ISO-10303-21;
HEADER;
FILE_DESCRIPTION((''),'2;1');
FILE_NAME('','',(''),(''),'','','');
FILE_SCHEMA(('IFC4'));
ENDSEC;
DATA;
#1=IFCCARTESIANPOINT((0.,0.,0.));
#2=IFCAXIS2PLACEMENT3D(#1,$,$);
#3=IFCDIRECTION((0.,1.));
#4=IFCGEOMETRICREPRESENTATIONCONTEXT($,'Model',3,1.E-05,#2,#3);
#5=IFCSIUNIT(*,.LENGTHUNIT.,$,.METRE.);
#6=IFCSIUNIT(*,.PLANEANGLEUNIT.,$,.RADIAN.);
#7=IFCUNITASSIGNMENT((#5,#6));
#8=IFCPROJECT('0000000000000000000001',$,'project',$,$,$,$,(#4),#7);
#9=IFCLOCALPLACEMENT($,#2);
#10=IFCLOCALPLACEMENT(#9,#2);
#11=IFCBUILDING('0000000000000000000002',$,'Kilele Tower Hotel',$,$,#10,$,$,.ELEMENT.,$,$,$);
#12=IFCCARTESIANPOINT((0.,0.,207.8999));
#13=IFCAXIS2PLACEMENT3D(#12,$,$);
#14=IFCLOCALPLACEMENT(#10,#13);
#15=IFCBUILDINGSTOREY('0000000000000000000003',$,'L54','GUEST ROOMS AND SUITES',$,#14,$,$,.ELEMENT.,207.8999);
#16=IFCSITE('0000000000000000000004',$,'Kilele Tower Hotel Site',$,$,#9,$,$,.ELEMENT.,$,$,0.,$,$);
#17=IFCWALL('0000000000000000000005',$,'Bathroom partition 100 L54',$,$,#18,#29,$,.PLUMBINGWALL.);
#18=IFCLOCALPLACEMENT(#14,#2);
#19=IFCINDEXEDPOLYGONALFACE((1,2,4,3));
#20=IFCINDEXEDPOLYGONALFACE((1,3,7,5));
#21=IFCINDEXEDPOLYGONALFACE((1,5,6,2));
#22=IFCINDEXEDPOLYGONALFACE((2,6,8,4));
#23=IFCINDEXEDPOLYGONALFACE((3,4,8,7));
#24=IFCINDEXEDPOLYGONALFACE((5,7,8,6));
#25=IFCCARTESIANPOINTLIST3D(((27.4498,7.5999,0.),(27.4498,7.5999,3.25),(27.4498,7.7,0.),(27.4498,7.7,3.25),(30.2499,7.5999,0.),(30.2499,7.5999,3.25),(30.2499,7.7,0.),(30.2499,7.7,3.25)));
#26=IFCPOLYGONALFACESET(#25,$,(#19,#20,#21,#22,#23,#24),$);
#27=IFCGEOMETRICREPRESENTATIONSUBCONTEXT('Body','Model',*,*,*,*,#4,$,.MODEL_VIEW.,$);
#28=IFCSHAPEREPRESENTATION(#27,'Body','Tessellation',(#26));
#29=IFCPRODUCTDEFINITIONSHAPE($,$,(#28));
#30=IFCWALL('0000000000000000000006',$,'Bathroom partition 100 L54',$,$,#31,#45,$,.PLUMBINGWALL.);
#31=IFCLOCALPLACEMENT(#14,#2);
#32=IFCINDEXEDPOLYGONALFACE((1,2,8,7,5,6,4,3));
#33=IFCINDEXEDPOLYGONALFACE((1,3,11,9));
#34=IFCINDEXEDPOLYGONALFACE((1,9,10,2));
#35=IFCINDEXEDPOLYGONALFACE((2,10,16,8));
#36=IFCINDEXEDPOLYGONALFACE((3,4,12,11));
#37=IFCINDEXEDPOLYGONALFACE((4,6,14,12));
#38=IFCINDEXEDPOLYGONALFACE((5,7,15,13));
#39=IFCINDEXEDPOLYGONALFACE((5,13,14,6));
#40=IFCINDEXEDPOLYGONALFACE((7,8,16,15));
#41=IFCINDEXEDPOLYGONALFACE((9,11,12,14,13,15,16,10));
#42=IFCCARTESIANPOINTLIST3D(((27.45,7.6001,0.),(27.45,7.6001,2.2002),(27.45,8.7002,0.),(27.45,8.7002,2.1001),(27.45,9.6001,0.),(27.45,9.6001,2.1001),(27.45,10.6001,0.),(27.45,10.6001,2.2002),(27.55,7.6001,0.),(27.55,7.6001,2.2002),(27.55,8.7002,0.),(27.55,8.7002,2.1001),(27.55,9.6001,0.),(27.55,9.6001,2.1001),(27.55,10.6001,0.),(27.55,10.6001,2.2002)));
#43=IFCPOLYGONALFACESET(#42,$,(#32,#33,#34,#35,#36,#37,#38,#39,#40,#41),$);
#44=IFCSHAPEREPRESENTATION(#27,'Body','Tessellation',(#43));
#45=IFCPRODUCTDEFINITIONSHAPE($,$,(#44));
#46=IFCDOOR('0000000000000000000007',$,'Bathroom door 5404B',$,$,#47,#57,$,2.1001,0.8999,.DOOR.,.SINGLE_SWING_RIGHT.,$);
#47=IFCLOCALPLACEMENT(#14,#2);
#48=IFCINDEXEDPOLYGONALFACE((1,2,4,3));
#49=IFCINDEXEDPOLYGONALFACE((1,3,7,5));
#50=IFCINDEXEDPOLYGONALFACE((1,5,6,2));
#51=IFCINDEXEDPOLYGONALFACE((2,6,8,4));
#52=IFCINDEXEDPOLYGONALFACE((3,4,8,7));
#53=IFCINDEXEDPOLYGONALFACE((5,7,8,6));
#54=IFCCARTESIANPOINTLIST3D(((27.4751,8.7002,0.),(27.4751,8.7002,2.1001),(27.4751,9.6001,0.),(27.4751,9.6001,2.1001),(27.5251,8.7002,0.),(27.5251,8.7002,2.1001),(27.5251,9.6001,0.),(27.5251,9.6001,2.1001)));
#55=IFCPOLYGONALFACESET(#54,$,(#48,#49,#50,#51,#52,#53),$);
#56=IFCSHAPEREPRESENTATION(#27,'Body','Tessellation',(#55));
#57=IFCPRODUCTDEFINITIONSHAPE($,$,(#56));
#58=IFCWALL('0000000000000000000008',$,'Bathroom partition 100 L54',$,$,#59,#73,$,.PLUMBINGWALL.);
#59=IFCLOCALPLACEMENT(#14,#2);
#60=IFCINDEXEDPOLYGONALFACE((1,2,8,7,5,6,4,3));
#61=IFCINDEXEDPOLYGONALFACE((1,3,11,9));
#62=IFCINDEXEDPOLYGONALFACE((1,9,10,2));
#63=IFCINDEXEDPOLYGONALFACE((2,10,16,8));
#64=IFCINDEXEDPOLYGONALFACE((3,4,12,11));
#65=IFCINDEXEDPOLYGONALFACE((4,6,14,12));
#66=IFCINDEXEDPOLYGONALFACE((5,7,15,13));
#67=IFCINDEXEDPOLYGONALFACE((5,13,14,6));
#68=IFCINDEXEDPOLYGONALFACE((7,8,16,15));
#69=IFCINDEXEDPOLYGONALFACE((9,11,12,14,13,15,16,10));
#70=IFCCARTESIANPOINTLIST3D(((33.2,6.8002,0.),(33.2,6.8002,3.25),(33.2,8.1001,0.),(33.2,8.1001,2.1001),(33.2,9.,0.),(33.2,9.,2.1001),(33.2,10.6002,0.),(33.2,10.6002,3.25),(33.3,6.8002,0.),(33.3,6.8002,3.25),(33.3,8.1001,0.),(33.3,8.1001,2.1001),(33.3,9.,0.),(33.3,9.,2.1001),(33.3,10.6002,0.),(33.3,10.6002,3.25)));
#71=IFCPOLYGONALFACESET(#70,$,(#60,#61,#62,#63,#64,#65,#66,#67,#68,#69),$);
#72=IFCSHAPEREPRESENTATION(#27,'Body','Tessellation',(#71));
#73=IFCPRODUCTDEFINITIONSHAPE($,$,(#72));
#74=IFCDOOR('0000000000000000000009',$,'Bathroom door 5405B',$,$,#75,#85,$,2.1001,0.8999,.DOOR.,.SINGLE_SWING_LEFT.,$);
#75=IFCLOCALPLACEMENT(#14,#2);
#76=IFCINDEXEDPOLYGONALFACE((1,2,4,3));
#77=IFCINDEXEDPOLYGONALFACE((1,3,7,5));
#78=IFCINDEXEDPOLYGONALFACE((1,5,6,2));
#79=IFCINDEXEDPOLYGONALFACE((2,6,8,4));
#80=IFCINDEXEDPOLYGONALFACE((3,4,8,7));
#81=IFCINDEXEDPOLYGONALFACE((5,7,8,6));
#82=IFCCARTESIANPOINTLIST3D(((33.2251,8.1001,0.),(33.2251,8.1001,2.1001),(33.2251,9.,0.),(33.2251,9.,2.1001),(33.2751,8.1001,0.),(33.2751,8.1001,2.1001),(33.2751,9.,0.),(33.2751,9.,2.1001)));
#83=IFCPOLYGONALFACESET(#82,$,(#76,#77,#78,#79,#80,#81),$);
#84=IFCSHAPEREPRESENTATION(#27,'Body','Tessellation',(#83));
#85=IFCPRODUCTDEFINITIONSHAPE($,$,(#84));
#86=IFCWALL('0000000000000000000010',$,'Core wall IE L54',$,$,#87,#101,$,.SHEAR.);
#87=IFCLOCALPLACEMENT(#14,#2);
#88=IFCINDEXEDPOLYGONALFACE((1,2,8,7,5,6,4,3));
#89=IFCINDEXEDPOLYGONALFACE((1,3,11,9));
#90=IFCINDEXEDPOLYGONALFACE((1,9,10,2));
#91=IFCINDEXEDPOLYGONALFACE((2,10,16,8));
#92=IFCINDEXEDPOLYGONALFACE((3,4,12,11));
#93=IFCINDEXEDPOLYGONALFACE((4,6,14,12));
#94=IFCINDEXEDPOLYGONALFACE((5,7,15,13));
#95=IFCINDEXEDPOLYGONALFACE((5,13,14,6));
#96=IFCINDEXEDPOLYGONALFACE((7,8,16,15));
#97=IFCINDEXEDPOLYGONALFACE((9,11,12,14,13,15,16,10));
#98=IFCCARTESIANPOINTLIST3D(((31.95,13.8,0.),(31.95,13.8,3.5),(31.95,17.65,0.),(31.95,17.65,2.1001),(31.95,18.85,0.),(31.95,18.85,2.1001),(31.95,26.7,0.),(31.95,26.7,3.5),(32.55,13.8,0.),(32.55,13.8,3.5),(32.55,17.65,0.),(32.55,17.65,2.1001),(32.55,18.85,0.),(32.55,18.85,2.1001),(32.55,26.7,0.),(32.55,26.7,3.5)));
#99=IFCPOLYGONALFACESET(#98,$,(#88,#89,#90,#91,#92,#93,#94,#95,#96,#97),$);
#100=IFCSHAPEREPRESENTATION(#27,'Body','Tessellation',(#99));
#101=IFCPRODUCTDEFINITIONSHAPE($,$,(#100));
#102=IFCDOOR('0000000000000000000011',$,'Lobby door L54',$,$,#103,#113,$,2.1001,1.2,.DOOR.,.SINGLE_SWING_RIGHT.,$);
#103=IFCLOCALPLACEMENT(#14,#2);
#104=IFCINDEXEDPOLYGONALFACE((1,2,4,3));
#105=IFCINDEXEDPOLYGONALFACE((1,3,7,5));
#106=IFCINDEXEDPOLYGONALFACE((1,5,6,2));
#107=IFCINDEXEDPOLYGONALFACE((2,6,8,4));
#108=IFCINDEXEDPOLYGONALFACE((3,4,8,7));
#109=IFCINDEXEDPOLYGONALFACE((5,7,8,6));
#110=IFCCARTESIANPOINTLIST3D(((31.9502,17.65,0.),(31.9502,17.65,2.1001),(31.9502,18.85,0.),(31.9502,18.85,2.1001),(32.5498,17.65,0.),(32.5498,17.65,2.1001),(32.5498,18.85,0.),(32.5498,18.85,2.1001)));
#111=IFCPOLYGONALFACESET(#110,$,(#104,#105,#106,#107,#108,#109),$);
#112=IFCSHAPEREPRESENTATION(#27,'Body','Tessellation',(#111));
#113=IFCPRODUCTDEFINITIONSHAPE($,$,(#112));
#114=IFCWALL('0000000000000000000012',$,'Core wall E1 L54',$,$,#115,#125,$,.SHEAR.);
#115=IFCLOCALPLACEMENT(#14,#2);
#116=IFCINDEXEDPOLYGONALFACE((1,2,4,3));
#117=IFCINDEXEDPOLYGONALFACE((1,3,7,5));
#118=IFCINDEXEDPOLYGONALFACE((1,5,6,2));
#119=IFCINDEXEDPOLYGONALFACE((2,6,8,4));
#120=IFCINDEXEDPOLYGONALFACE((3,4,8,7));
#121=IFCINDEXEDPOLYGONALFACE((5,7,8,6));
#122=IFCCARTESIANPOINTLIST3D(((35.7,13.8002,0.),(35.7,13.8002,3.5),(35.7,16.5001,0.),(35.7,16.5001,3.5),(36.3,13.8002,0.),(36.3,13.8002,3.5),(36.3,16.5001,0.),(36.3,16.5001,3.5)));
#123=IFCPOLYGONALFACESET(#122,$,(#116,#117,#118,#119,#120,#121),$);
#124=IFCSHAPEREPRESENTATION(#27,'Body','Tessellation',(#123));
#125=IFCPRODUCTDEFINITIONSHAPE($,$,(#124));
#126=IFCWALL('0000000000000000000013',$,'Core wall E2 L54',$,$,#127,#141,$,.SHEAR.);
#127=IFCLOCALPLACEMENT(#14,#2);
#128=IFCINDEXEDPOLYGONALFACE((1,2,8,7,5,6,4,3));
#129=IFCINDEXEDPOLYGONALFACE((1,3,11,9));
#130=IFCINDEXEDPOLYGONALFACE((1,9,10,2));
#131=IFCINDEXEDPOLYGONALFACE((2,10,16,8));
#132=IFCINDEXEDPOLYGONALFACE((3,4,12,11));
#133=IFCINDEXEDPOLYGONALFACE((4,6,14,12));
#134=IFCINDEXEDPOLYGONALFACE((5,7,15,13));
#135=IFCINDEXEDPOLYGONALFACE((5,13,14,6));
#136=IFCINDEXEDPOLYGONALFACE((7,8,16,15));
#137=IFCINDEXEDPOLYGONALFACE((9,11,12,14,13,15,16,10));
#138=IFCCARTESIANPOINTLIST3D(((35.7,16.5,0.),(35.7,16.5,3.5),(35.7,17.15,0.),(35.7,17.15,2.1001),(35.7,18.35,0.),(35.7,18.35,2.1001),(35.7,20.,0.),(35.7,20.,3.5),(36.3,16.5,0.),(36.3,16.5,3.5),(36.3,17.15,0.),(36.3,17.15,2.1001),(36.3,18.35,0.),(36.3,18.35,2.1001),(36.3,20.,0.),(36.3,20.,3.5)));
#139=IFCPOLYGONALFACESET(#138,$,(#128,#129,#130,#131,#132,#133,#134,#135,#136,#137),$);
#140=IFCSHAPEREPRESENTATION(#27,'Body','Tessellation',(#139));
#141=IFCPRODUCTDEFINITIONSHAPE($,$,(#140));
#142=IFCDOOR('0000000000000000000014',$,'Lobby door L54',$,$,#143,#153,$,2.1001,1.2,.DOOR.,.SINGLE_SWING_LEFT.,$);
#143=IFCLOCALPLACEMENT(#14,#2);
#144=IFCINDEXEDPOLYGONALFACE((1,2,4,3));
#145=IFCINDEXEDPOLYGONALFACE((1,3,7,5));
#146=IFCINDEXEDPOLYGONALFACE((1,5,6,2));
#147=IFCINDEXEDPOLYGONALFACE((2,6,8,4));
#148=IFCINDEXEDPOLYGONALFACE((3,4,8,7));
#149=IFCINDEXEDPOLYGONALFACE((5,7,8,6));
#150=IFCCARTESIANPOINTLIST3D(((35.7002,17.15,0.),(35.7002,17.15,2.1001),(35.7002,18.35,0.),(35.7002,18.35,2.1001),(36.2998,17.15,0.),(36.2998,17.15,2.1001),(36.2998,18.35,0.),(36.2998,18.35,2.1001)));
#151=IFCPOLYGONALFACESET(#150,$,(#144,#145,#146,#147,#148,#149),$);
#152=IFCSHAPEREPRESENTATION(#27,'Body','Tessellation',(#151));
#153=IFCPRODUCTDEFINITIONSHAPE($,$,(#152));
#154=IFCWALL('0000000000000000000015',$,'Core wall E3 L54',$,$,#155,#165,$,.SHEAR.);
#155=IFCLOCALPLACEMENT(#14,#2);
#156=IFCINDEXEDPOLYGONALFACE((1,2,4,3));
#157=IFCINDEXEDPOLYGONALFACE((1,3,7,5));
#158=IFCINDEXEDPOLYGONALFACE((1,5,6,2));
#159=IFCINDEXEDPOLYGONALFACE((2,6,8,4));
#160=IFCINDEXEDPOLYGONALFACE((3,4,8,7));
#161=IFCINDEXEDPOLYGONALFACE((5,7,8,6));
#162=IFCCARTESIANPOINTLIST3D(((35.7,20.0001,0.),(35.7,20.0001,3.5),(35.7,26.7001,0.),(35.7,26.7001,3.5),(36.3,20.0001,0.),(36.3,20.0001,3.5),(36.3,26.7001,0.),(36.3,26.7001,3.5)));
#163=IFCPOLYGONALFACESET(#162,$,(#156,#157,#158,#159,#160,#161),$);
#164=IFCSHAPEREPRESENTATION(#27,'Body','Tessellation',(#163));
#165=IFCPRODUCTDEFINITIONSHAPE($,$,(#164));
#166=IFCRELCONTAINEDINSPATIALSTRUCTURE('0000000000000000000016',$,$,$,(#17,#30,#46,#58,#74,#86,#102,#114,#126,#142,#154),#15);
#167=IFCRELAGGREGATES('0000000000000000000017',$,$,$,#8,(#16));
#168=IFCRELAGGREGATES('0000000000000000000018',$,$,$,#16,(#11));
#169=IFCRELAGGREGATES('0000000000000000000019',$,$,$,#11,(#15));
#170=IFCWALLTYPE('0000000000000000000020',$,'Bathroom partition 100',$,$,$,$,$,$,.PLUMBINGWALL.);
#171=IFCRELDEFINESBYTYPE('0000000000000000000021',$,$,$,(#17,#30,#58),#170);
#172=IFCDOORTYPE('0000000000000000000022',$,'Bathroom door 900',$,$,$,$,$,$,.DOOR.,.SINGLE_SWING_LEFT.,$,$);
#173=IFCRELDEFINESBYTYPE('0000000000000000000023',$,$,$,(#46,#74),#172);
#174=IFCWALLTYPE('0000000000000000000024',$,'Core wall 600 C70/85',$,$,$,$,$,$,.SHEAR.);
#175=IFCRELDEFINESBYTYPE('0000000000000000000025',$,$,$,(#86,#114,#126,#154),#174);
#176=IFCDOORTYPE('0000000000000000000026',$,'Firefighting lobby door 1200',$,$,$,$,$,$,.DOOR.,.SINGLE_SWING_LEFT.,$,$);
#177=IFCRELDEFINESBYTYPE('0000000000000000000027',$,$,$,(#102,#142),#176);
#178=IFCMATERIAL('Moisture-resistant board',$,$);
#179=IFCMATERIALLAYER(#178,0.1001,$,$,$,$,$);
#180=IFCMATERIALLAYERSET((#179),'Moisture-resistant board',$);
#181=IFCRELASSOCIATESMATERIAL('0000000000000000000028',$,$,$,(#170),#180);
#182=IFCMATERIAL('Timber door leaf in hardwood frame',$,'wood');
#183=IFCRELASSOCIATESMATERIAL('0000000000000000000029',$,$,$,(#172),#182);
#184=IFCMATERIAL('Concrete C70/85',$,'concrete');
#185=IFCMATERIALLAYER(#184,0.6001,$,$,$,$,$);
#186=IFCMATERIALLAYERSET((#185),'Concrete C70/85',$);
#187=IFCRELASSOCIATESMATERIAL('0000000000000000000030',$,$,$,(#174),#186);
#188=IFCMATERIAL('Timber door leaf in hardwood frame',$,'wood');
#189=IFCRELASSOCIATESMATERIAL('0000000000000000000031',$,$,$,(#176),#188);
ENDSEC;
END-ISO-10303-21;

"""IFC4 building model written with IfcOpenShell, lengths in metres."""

from ifc_helpers import new_model, si_unit, direction, frame, frame_2d, origin, place, context, subcontext, project, spatial, rectangle, extrude, material, layer, layer_set, type_object, element, fill, save


model = new_model("IFC4")

# Units and contexts
model_context = context("Model", 3, precision=1e-05, world=origin(), true_north=direction((0.0, 1.0)))
body_context = subcontext(model_context, "Body", "Model", "MODEL_VIEW")
ifc_project = project(units=[si_unit("LENGTHUNIT", "METRE"), si_unit("PLANEANGLEUNIT", "RADIAN")], contexts=[model_context])

# Site, building, storey
site_placement = place(None, origin())
site = spatial("IfcSite", under=ifc_project, at=site_placement, Name="Kilele Tower Hotel Site", CompositionType="ELEMENT", RefElevation=0.0)
building_placement = place(site_placement, origin())
building = spatial("IfcBuilding", under=site, at=building_placement, Name="Kilele Tower Hotel", CompositionType="ELEMENT")
storey_placement = place(building_placement, frame((0.0, 0.0, 207.8999)))
storey = spatial("IfcBuildingStorey", under=building, at=storey_placement, Name="L54", Description="GUEST ROOMS AND SUITES", CompositionType="ELEMENT", Elevation=207.8999)

# Wall
ifc_material_1 = material(Name="Moisture-resistant board")
ifc_layer_1 = layer(ifc_material_1, 0.1001)
ifc_layer_set_1 = layer_set([ifc_layer_1], Name="Moisture-resistant board")
wall_type_1 = type_object("IfcWallType", Name="Bathroom partition 100", PredefinedType="PLUMBINGWALL", material=ifc_layer_set_1)
wall_1_placement = place(storey_placement, frame((27.45, 7.6499, 0.0), z_axis=(0.0, 0.0, 1.0), x_axis=(1.0, 0.0, 0.0)))
element("IfcWall", 1, at=wall_1_placement, inside=storey, type_object=wall_type_1, Name="Bathroom partition 100 L54", PredefinedType="PLUMBINGWALL", context=body_context, shape_type="SweptSolid", body=[
    extrude(rectangle(XDim=2.8, YDim=0.1001, at=frame_2d((1.3999, 0.0))), origin(), (0.0, 0.0, 1.0), 3.25),
])

# Walls, openings, doors
wall_2_placement = place(storey_placement, frame((27.5, 10.6001, 0.0), z_axis=(0.0, 0.0, 1.0), x_axis=(0.0, -1.0, 0.0)))
wall_2 = element("IfcWall", 2, at=wall_2_placement, inside=storey, type_object=wall_type_1, Name="Bathroom partition 100 L54", PredefinedType="PLUMBINGWALL", context=body_context, shape_type="SweptSolid", body=[
    extrude(rectangle(XDim=3.0, YDim=0.1001, at=frame_2d((1.5, 0.0))), origin(), (0.0, 0.0, 1.0), 2.2002),
])
opening_1_placement = place(wall_2_placement, frame((1.8999, 0.0, 0.0), z_axis=(0.0, 0.0, 1.0), x_axis=(-1.0, 0.0, 0.0)))
opening_1 = element("IfcOpeningElement", 3, at=opening_1_placement, cuts=wall_2, PredefinedType="OPENING", context=body_context, shape_type="SweptSolid", body=[
    extrude(rectangle(XDim=0.8999, YDim=2.1001, at=frame_2d((0.45, 1.05))), frame((0.0, 0.0601, 0.0), z_axis=(0.0, -1.0, 0.0), x_axis=(1.0, 0.0, 0.0)), (0.0, 0.0, 1.0), 0.1201),
])
ifc_material_2 = material(Name="Timber door leaf in hardwood frame", Category="wood")
door_type_1 = type_object("IfcDoorType", Name="Bathroom door 900", OperationType="SINGLE_SWING_LEFT", PredefinedType="DOOR", material=ifc_material_2)
door_1_placement = place(opening_1_placement, origin())
door_1 = element("IfcDoor", 4, at=door_1_placement, inside=storey, type_object=door_type_1, Name="Bathroom door 5404B", OperationType="SINGLE_SWING_RIGHT", OverallHeight=2.1001, OverallWidth=0.8999, PredefinedType="DOOR", context=body_context, shape_type="SweptSolid", body=[
    extrude(rectangle(XDim=0.8999, YDim=2.1001, at=frame_2d((0.45, 1.05))), frame((0.0, 0.0249, 0.0), z_axis=(0.0, -1.0, 0.0), x_axis=(1.0, 0.0, 0.0)), (0.0, 0.0, 1.0), 0.05),
])
fill(opening_1, door_1)
wall_3_placement = place(storey_placement, frame((33.25, 10.6001, 0.0), z_axis=(0.0, 0.0, 1.0), x_axis=(0.0, -1.0, 0.0)))
wall_3 = element("IfcWall", 5, at=wall_3_placement, inside=storey, type_object=wall_type_1, Name="Bathroom partition 100 L54", PredefinedType="PLUMBINGWALL", context=body_context, shape_type="SweptSolid", body=[
    extrude(rectangle(XDim=3.8, YDim=0.1001, at=frame_2d((1.8999, 0.0))), origin(), (0.0, 0.0, 1.0), 3.25),
])
opening_2_placement = place(wall_3_placement, frame((2.5, 0.0, 0.0), z_axis=(0.0, 0.0, 1.0), x_axis=(-1.0, 0.0, 0.0)))
opening_2 = element("IfcOpeningElement", 6, at=opening_2_placement, cuts=wall_3, PredefinedType="OPENING", context=body_context, shape_type="SweptSolid", body=[
    extrude(rectangle(XDim=0.8999, YDim=2.1001, at=frame_2d((0.45, 1.05))), frame((0.0, 0.0601, 0.0), z_axis=(0.0, -1.0, 0.0), x_axis=(1.0, 0.0, 0.0)), (0.0, 0.0, 1.0), 0.1201),
])
door_2_placement = place(opening_2_placement, origin())
door_2 = element("IfcDoor", 7, at=door_2_placement, inside=storey, type_object=door_type_1, Name="Bathroom door 5405B", OperationType="SINGLE_SWING_LEFT", OverallHeight=2.1001, OverallWidth=0.8999, PredefinedType="DOOR", context=body_context, shape_type="SweptSolid", body=[
    extrude(rectangle(XDim=0.8999, YDim=2.1001, at=frame_2d((0.45, 1.05))), frame((0.0, 0.0249, 0.0), z_axis=(0.0, -1.0, 0.0), x_axis=(1.0, 0.0, 0.0)), (0.0, 0.0, 1.0), 0.05),
])
fill(opening_2, door_2)
ifc_material_3 = material(Name="Concrete C70/85", Category="concrete")
ifc_layer_2 = layer(ifc_material_3, 0.6001)
ifc_layer_set_2 = layer_set([ifc_layer_2], Name="Concrete C70/85")
wall_type_2 = type_object("IfcWallType", Name="Core wall 600 C70/85", PredefinedType="SHEAR", material=ifc_layer_set_2)
wall_4_placement = place(storey_placement, frame((32.25, 13.8, 0.0), z_axis=(0.0, 0.0, 1.0), x_axis=(0.0, 1.0, 0.0)))
wall_4 = element("IfcWall", 8, at=wall_4_placement, inside=storey, type_object=wall_type_2, Name="Core wall IE L54", PredefinedType="SHEAR", context=body_context, shape_type="SweptSolid", body=[
    extrude(rectangle(XDim=12.8999, YDim=0.6001, at=frame_2d((6.45, 0.0))), origin(), (0.0, 0.0, 1.0), 3.5),
])
opening_3_placement = place(wall_4_placement, frame((5.05, 0.0, 0.0), z_axis=(0.0, 0.0, 1.0), x_axis=(-1.0, 0.0, 0.0)))
opening_3 = element("IfcOpeningElement", 9, at=opening_3_placement, cuts=wall_4, PredefinedType="OPENING", context=body_context, shape_type="SweptSolid", body=[
    extrude(rectangle(XDim=1.2, YDim=2.1001, at=frame_2d((0.6001, 1.05))), frame((0.0, 0.3101, 0.0), z_axis=(0.0, -1.0, 0.0), x_axis=(1.0, 0.0, 0.0)), (0.0, 0.0, 1.0), 0.6201),
])
ifc_material_4 = material(Name="Timber door leaf in hardwood frame", Category="wood")
door_type_2 = type_object("IfcDoorType", Name="Firefighting lobby door 1200", OperationType="SINGLE_SWING_LEFT", PredefinedType="DOOR", material=ifc_material_4)
door_3_placement = place(opening_3_placement, origin())
door_3 = element("IfcDoor", 10, at=door_3_placement, inside=storey, type_object=door_type_2, Name="Lobby door L54", OperationType="SINGLE_SWING_RIGHT", OverallHeight=2.1001, OverallWidth=1.2, PredefinedType="DOOR", context=body_context, shape_type="SweptSolid", body=[
    extrude(rectangle(XDim=1.2, YDim=2.1001, at=frame_2d((0.6001, 1.05))), frame((0.0, 0.2998, 0.0), z_axis=(0.0, -1.0, 0.0), x_axis=(1.0, 0.0, 0.0)), (0.0, 0.0, 1.0), 0.5996),
])
fill(opening_3, door_3)

# Wall
wall_5_placement = place(storey_placement, frame((36.0, 13.8, 0.0), z_axis=(0.0, 0.0, 1.0), x_axis=(0.0, 1.0, 0.0)))
element("IfcWall", 11, at=wall_5_placement, inside=storey, type_object=wall_type_2, Name="Core wall E1 L54", PredefinedType="SHEAR", context=body_context, shape_type="SweptSolid", body=[
    extrude(rectangle(XDim=2.7, YDim=0.6001, at=frame_2d((1.3501, 0.0))), origin(), (0.0, 0.0, 1.0), 3.5),
])

# Wall, opening, door
wall_6_placement = place(storey_placement, frame((36.0, 16.5, 0.0), z_axis=(0.0, 0.0, 1.0), x_axis=(0.0, 1.0, 0.0)))
wall_6 = element("IfcWall", 12, at=wall_6_placement, inside=storey, type_object=wall_type_2, Name="Core wall E2 L54", PredefinedType="SHEAR", context=body_context, shape_type="SweptSolid", body=[
    extrude(rectangle(XDim=3.5, YDim=0.6001, at=frame_2d((1.75, 0.0))), origin(), (0.0, 0.0, 1.0), 3.5),
])
opening_4_placement = place(wall_6_placement, frame((0.6499, 0.0, 0.0)))
opening_4 = element("IfcOpeningElement", 13, at=opening_4_placement, cuts=wall_6, PredefinedType="OPENING", context=body_context, shape_type="SweptSolid", body=[
    extrude(rectangle(XDim=1.2, YDim=2.1001, at=frame_2d((0.6001, 1.05))), frame((0.0, 0.3101, 0.0), z_axis=(0.0, -1.0, 0.0), x_axis=(1.0, 0.0, 0.0)), (0.0, 0.0, 1.0), 0.6201),
])
door_4_placement = place(opening_4_placement, origin())
door_4 = element("IfcDoor", 14, at=door_4_placement, inside=storey, type_object=door_type_2, Name="Lobby door L54", OperationType="SINGLE_SWING_LEFT", OverallHeight=2.1001, OverallWidth=1.2, PredefinedType="DOOR", context=body_context, shape_type="SweptSolid", body=[
    extrude(rectangle(XDim=1.2, YDim=2.1001, at=frame_2d((0.6001, 1.05))), frame((0.0, 0.2998, 0.0), z_axis=(0.0, -1.0, 0.0), x_axis=(1.0, 0.0, 0.0)), (0.0, 0.0, 1.0), 0.5996),
])
fill(opening_4, door_4)

# Wall
wall_7_placement = place(storey_placement, frame((36.0, 20.0, 0.0), z_axis=(0.0, 0.0, 1.0), x_axis=(0.0, 1.0, 0.0)))
element("IfcWall", 15, at=wall_7_placement, inside=storey, type_object=wall_type_2, Name="Core wall E3 L54", PredefinedType="SHEAR", context=body_context, shape_type="SweptSolid", body=[
    extrude(rectangle(XDim=6.7, YDim=0.6001, at=frame_2d((3.3501, 0.0))), origin(), (0.0, 0.0, 1.0), 3.5),
])

save(model, "model.ifc")
